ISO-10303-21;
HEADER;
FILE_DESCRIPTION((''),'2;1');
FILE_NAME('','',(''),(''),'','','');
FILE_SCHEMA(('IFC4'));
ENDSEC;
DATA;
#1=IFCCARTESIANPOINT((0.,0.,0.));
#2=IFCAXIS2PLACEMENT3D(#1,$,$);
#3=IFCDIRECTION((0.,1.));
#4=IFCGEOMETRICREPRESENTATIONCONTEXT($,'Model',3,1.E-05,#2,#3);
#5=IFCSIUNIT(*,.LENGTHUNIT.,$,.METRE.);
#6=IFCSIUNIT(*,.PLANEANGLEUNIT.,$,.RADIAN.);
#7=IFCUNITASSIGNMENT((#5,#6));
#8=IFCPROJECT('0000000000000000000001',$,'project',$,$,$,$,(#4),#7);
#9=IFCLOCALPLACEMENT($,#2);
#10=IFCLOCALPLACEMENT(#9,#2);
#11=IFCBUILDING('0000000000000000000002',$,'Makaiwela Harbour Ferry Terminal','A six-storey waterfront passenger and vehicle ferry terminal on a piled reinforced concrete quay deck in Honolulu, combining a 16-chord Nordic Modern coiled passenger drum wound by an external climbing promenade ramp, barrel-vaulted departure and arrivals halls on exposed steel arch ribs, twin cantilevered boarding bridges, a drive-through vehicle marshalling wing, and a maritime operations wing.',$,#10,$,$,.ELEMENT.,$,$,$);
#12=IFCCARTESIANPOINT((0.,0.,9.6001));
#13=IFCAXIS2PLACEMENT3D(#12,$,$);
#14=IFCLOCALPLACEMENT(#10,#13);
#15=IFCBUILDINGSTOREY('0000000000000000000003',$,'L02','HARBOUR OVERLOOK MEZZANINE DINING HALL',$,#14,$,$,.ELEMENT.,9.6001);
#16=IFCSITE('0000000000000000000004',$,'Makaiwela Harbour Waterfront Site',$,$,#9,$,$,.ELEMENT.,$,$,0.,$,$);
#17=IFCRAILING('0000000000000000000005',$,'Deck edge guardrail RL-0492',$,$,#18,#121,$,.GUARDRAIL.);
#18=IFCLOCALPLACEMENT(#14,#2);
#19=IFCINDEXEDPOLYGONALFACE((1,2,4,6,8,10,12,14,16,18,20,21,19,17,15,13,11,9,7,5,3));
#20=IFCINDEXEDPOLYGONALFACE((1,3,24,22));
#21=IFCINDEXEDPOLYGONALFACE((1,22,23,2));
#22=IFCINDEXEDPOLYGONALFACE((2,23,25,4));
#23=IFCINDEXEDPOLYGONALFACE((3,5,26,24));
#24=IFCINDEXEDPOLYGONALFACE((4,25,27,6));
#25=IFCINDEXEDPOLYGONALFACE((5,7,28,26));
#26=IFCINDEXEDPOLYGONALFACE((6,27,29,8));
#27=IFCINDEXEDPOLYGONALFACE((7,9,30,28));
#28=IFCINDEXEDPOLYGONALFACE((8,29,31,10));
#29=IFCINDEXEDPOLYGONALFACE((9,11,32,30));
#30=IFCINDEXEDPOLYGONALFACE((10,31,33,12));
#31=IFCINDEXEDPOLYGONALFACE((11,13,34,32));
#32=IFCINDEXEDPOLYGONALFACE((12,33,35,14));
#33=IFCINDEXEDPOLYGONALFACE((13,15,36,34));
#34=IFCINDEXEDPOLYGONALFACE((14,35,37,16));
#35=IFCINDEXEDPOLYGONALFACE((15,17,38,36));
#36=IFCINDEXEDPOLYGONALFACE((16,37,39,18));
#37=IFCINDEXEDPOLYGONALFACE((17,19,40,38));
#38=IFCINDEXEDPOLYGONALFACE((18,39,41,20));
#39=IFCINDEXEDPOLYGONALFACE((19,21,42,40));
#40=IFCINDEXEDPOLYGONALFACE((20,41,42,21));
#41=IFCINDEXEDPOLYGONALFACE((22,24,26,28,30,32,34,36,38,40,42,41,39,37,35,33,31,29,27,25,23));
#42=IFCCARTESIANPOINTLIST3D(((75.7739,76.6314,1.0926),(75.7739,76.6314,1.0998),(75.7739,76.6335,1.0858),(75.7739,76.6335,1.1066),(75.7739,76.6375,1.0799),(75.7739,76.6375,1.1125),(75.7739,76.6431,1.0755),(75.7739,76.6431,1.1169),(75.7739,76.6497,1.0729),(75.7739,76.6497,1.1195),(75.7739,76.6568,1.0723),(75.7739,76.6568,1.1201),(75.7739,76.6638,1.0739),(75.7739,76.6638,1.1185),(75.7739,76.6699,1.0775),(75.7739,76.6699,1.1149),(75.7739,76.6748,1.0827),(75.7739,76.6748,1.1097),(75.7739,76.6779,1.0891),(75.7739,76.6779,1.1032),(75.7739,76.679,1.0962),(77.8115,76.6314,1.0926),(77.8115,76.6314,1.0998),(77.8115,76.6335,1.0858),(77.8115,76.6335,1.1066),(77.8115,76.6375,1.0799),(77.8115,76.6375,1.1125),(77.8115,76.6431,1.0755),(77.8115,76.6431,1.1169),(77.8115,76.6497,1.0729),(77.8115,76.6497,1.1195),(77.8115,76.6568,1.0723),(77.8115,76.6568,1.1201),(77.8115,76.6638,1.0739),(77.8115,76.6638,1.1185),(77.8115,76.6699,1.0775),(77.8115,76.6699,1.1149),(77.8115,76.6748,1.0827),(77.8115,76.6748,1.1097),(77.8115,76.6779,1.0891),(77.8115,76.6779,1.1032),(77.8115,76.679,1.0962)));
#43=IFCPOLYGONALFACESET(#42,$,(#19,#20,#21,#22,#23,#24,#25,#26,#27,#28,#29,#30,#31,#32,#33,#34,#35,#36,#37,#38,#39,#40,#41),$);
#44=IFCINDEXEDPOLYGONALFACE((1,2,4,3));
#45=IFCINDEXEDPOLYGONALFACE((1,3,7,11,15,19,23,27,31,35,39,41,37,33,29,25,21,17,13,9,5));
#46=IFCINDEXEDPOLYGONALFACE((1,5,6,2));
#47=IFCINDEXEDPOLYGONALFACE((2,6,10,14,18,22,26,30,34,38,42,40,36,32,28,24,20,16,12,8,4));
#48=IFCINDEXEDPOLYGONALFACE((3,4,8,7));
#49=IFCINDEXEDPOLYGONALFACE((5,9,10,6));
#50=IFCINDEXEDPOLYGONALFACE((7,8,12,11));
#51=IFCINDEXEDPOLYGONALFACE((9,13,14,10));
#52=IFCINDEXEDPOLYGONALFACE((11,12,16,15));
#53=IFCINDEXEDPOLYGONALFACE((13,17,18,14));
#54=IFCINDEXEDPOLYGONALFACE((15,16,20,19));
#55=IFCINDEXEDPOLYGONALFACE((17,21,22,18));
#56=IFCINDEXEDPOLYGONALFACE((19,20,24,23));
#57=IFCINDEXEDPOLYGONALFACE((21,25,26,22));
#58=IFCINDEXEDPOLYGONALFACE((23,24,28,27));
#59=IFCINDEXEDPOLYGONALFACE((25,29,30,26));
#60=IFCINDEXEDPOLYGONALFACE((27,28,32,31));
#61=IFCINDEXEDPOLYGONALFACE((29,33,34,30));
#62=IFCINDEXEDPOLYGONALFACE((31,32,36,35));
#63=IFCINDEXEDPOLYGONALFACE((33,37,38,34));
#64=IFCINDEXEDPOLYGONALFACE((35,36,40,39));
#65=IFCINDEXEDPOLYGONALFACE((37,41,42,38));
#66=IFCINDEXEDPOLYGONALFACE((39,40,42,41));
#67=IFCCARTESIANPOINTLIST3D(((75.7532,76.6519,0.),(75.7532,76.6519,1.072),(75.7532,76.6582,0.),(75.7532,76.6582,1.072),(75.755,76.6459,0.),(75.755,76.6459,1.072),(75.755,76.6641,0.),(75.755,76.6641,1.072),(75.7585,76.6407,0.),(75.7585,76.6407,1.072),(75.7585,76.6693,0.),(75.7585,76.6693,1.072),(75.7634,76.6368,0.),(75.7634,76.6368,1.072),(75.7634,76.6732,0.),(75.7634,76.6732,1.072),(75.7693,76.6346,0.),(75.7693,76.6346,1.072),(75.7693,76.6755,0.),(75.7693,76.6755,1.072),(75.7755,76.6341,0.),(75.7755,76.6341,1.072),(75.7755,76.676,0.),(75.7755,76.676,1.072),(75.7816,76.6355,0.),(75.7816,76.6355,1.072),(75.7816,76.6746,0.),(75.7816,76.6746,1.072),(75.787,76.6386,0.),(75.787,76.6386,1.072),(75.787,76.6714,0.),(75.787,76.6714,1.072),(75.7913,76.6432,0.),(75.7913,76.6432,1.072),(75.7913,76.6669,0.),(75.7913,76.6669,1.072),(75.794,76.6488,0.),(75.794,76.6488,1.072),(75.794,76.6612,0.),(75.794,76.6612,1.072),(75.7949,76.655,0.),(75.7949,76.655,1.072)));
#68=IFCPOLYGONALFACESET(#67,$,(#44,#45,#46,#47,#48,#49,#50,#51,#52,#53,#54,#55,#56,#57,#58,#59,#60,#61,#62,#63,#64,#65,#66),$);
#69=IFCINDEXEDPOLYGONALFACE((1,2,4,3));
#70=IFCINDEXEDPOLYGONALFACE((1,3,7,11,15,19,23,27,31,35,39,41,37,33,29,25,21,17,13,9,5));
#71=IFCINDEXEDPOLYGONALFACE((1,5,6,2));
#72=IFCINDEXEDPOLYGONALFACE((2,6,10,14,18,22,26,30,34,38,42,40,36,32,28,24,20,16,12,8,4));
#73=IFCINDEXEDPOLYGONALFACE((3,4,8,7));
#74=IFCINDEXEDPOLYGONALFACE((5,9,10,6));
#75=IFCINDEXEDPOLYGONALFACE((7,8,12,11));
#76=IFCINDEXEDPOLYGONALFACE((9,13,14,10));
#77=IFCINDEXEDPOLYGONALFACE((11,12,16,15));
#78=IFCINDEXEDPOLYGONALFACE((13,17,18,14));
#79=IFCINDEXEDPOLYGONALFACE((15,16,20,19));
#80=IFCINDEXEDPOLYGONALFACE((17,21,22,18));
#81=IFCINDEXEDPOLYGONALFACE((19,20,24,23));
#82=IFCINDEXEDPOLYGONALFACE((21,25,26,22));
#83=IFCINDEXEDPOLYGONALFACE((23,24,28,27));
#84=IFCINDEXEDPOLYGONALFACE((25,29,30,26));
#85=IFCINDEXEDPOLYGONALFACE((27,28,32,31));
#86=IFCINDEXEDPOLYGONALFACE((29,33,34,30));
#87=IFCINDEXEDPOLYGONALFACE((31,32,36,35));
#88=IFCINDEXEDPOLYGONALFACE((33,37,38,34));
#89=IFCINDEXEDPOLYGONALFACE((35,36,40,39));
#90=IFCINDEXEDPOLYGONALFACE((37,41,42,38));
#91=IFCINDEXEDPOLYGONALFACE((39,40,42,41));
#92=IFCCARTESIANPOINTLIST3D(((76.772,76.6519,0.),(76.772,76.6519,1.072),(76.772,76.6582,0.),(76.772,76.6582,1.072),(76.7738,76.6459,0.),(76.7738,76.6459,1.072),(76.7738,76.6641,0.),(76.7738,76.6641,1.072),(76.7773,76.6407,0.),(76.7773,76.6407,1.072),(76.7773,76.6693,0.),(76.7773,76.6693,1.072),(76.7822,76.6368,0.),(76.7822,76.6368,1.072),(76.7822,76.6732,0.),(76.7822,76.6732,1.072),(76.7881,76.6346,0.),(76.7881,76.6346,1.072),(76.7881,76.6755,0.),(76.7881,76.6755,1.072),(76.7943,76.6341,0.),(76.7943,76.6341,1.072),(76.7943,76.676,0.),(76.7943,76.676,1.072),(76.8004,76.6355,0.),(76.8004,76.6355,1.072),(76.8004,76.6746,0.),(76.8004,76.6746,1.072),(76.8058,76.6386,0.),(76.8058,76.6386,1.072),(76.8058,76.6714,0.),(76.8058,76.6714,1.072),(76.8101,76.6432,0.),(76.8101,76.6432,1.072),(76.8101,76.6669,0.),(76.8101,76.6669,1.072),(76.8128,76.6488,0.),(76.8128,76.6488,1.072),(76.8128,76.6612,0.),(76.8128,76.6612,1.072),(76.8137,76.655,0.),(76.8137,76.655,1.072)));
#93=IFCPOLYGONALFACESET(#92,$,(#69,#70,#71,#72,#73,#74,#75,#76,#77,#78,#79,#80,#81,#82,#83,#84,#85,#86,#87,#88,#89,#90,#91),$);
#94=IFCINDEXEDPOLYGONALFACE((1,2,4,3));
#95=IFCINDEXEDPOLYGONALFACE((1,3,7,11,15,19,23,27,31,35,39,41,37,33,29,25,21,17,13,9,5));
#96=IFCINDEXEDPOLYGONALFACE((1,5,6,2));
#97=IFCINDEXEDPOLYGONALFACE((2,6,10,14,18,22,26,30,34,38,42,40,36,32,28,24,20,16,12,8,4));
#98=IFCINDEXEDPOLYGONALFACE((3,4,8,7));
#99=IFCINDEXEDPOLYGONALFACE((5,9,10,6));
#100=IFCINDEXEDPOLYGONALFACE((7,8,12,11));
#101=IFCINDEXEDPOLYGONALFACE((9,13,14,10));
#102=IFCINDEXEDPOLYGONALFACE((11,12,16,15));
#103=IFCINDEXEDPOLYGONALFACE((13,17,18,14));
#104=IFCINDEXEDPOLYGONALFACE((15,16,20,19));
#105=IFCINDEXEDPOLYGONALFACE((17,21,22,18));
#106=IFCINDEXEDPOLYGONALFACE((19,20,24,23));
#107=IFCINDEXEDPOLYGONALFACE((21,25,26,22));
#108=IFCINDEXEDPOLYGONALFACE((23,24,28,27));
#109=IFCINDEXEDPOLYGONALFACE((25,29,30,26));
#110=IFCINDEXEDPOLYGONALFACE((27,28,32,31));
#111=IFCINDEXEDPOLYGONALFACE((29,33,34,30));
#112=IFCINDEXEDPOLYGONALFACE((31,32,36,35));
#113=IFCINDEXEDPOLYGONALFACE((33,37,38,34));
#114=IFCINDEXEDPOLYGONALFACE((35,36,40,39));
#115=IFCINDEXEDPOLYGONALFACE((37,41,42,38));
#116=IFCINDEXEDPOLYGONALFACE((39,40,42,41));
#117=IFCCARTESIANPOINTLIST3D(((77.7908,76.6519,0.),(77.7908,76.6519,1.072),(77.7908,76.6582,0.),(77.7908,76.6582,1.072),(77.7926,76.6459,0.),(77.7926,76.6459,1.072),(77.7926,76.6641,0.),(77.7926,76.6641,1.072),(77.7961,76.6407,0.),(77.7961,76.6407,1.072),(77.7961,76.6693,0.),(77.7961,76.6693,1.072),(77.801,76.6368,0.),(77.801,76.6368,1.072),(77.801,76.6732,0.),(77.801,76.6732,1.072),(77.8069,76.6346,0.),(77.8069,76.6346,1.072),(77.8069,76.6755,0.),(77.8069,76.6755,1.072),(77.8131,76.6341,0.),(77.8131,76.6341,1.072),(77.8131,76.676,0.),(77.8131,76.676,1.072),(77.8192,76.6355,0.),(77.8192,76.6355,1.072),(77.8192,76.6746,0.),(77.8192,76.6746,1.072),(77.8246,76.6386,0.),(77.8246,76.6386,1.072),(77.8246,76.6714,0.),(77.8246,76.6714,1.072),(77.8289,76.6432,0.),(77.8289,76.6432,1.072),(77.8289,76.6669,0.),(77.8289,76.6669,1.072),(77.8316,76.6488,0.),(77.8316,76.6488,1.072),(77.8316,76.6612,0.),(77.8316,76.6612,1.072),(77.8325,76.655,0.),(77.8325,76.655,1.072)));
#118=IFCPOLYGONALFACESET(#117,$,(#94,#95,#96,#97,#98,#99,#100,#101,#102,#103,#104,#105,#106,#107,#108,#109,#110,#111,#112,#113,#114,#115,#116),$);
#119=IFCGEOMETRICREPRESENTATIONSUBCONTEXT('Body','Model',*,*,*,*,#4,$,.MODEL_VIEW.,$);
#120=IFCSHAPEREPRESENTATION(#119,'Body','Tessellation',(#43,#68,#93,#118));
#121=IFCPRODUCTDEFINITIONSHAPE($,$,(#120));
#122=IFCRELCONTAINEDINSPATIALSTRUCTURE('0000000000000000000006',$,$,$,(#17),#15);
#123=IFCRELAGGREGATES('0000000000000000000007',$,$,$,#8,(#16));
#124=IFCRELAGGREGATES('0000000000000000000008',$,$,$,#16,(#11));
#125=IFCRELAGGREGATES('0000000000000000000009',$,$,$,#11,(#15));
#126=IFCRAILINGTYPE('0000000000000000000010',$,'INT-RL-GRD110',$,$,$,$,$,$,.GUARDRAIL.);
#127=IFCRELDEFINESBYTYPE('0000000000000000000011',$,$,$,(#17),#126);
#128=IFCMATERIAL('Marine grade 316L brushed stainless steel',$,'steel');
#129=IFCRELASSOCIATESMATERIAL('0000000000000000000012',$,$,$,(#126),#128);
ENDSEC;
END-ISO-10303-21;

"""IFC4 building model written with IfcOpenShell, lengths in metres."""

from ifc_helpers import new_model, si_unit, direction, frame, origin, origin_2d, place, context, subcontext, project, spatial, circle, extrude, material, type_object, element, save


model = new_model("IFC4")

# Units and contexts
model_context = context("Model", 3, precision=1e-05, world=origin(), true_north=direction((0.0, 1.0)))
body_context = subcontext(model_context, "Body", "Model", "MODEL_VIEW")
ifc_project = project(units=[si_unit("LENGTHUNIT", "METRE"), si_unit("PLANEANGLEUNIT", "RADIAN")], contexts=[model_context])

# Site, building, storey
site_placement = place(None, origin())
site = spatial("IfcSite", under=ifc_project, at=site_placement, Name="Makaiwela Harbour Waterfront Site", CompositionType="ELEMENT", RefElevation=0.0)
building_placement = place(site_placement, origin())
building = spatial("IfcBuilding", under=site, at=building_placement, Name="Makaiwela Harbour Ferry Terminal", Description="A six-storey waterfront passenger and vehicle ferry terminal on a piled reinforced concrete quay deck in Honolulu, combining a 16-chord Nordic Modern coiled passenger drum wound by an external climbing promenade ramp, barrel-vaulted departure and arrivals halls on exposed steel arch ribs, twin cantilevered boarding bridges, a drive-through vehicle marshalling wing, and a maritime operations wing.", CompositionType="ELEMENT")
storey_placement = place(building_placement, frame((0.0, 0.0, 9.6001)))
storey = spatial("IfcBuildingStorey", under=building, at=storey_placement, Name="L02", Description="HARBOUR OVERLOOK MEZZANINE DINING HALL", CompositionType="ELEMENT", Elevation=9.6001)

# Railing
ifc_material_1 = material(Name="Marine grade 316L brushed stainless steel", Category="steel")
railing_type = type_object("IfcRailingType", Name="INT-RL-GRD110", PredefinedType="GUARDRAIL", material=ifc_material_1)
railing_1_placement = place(storey_placement, frame((75.7739, 76.655, 0.0)))
element("IfcRailing", 1, at=railing_1_placement, inside=storey, type_object=railing_type, Name="Deck edge guardrail RL-0492", PredefinedType="GUARDRAIL", context=body_context, shape_type="SweptSolid", body=[
    extrude(circle(Radius=0.0239, at=origin_2d()), frame((0.0, 0.0, 1.0962), z_axis=(1.0, 0.0, 0.0), x_axis=(0.0, 1.0, 0.0)), (0.0, 0.0, 1.0), 2.0376),
    extrude(circle(Radius=0.021, at=origin_2d()), origin(), (0.0, 0.0, 1.0), 1.072),
    extrude(circle(Radius=0.021, at=origin_2d()), frame((1.0188, 0.0, 0.0)), (0.0, 0.0, 1.0), 1.072),
    extrude(circle(Radius=0.021, at=origin_2d()), frame((2.0376, 0.0, 0.0)), (0.0, 0.0, 1.0), 1.072),
])

save(model, "model.ifc")
